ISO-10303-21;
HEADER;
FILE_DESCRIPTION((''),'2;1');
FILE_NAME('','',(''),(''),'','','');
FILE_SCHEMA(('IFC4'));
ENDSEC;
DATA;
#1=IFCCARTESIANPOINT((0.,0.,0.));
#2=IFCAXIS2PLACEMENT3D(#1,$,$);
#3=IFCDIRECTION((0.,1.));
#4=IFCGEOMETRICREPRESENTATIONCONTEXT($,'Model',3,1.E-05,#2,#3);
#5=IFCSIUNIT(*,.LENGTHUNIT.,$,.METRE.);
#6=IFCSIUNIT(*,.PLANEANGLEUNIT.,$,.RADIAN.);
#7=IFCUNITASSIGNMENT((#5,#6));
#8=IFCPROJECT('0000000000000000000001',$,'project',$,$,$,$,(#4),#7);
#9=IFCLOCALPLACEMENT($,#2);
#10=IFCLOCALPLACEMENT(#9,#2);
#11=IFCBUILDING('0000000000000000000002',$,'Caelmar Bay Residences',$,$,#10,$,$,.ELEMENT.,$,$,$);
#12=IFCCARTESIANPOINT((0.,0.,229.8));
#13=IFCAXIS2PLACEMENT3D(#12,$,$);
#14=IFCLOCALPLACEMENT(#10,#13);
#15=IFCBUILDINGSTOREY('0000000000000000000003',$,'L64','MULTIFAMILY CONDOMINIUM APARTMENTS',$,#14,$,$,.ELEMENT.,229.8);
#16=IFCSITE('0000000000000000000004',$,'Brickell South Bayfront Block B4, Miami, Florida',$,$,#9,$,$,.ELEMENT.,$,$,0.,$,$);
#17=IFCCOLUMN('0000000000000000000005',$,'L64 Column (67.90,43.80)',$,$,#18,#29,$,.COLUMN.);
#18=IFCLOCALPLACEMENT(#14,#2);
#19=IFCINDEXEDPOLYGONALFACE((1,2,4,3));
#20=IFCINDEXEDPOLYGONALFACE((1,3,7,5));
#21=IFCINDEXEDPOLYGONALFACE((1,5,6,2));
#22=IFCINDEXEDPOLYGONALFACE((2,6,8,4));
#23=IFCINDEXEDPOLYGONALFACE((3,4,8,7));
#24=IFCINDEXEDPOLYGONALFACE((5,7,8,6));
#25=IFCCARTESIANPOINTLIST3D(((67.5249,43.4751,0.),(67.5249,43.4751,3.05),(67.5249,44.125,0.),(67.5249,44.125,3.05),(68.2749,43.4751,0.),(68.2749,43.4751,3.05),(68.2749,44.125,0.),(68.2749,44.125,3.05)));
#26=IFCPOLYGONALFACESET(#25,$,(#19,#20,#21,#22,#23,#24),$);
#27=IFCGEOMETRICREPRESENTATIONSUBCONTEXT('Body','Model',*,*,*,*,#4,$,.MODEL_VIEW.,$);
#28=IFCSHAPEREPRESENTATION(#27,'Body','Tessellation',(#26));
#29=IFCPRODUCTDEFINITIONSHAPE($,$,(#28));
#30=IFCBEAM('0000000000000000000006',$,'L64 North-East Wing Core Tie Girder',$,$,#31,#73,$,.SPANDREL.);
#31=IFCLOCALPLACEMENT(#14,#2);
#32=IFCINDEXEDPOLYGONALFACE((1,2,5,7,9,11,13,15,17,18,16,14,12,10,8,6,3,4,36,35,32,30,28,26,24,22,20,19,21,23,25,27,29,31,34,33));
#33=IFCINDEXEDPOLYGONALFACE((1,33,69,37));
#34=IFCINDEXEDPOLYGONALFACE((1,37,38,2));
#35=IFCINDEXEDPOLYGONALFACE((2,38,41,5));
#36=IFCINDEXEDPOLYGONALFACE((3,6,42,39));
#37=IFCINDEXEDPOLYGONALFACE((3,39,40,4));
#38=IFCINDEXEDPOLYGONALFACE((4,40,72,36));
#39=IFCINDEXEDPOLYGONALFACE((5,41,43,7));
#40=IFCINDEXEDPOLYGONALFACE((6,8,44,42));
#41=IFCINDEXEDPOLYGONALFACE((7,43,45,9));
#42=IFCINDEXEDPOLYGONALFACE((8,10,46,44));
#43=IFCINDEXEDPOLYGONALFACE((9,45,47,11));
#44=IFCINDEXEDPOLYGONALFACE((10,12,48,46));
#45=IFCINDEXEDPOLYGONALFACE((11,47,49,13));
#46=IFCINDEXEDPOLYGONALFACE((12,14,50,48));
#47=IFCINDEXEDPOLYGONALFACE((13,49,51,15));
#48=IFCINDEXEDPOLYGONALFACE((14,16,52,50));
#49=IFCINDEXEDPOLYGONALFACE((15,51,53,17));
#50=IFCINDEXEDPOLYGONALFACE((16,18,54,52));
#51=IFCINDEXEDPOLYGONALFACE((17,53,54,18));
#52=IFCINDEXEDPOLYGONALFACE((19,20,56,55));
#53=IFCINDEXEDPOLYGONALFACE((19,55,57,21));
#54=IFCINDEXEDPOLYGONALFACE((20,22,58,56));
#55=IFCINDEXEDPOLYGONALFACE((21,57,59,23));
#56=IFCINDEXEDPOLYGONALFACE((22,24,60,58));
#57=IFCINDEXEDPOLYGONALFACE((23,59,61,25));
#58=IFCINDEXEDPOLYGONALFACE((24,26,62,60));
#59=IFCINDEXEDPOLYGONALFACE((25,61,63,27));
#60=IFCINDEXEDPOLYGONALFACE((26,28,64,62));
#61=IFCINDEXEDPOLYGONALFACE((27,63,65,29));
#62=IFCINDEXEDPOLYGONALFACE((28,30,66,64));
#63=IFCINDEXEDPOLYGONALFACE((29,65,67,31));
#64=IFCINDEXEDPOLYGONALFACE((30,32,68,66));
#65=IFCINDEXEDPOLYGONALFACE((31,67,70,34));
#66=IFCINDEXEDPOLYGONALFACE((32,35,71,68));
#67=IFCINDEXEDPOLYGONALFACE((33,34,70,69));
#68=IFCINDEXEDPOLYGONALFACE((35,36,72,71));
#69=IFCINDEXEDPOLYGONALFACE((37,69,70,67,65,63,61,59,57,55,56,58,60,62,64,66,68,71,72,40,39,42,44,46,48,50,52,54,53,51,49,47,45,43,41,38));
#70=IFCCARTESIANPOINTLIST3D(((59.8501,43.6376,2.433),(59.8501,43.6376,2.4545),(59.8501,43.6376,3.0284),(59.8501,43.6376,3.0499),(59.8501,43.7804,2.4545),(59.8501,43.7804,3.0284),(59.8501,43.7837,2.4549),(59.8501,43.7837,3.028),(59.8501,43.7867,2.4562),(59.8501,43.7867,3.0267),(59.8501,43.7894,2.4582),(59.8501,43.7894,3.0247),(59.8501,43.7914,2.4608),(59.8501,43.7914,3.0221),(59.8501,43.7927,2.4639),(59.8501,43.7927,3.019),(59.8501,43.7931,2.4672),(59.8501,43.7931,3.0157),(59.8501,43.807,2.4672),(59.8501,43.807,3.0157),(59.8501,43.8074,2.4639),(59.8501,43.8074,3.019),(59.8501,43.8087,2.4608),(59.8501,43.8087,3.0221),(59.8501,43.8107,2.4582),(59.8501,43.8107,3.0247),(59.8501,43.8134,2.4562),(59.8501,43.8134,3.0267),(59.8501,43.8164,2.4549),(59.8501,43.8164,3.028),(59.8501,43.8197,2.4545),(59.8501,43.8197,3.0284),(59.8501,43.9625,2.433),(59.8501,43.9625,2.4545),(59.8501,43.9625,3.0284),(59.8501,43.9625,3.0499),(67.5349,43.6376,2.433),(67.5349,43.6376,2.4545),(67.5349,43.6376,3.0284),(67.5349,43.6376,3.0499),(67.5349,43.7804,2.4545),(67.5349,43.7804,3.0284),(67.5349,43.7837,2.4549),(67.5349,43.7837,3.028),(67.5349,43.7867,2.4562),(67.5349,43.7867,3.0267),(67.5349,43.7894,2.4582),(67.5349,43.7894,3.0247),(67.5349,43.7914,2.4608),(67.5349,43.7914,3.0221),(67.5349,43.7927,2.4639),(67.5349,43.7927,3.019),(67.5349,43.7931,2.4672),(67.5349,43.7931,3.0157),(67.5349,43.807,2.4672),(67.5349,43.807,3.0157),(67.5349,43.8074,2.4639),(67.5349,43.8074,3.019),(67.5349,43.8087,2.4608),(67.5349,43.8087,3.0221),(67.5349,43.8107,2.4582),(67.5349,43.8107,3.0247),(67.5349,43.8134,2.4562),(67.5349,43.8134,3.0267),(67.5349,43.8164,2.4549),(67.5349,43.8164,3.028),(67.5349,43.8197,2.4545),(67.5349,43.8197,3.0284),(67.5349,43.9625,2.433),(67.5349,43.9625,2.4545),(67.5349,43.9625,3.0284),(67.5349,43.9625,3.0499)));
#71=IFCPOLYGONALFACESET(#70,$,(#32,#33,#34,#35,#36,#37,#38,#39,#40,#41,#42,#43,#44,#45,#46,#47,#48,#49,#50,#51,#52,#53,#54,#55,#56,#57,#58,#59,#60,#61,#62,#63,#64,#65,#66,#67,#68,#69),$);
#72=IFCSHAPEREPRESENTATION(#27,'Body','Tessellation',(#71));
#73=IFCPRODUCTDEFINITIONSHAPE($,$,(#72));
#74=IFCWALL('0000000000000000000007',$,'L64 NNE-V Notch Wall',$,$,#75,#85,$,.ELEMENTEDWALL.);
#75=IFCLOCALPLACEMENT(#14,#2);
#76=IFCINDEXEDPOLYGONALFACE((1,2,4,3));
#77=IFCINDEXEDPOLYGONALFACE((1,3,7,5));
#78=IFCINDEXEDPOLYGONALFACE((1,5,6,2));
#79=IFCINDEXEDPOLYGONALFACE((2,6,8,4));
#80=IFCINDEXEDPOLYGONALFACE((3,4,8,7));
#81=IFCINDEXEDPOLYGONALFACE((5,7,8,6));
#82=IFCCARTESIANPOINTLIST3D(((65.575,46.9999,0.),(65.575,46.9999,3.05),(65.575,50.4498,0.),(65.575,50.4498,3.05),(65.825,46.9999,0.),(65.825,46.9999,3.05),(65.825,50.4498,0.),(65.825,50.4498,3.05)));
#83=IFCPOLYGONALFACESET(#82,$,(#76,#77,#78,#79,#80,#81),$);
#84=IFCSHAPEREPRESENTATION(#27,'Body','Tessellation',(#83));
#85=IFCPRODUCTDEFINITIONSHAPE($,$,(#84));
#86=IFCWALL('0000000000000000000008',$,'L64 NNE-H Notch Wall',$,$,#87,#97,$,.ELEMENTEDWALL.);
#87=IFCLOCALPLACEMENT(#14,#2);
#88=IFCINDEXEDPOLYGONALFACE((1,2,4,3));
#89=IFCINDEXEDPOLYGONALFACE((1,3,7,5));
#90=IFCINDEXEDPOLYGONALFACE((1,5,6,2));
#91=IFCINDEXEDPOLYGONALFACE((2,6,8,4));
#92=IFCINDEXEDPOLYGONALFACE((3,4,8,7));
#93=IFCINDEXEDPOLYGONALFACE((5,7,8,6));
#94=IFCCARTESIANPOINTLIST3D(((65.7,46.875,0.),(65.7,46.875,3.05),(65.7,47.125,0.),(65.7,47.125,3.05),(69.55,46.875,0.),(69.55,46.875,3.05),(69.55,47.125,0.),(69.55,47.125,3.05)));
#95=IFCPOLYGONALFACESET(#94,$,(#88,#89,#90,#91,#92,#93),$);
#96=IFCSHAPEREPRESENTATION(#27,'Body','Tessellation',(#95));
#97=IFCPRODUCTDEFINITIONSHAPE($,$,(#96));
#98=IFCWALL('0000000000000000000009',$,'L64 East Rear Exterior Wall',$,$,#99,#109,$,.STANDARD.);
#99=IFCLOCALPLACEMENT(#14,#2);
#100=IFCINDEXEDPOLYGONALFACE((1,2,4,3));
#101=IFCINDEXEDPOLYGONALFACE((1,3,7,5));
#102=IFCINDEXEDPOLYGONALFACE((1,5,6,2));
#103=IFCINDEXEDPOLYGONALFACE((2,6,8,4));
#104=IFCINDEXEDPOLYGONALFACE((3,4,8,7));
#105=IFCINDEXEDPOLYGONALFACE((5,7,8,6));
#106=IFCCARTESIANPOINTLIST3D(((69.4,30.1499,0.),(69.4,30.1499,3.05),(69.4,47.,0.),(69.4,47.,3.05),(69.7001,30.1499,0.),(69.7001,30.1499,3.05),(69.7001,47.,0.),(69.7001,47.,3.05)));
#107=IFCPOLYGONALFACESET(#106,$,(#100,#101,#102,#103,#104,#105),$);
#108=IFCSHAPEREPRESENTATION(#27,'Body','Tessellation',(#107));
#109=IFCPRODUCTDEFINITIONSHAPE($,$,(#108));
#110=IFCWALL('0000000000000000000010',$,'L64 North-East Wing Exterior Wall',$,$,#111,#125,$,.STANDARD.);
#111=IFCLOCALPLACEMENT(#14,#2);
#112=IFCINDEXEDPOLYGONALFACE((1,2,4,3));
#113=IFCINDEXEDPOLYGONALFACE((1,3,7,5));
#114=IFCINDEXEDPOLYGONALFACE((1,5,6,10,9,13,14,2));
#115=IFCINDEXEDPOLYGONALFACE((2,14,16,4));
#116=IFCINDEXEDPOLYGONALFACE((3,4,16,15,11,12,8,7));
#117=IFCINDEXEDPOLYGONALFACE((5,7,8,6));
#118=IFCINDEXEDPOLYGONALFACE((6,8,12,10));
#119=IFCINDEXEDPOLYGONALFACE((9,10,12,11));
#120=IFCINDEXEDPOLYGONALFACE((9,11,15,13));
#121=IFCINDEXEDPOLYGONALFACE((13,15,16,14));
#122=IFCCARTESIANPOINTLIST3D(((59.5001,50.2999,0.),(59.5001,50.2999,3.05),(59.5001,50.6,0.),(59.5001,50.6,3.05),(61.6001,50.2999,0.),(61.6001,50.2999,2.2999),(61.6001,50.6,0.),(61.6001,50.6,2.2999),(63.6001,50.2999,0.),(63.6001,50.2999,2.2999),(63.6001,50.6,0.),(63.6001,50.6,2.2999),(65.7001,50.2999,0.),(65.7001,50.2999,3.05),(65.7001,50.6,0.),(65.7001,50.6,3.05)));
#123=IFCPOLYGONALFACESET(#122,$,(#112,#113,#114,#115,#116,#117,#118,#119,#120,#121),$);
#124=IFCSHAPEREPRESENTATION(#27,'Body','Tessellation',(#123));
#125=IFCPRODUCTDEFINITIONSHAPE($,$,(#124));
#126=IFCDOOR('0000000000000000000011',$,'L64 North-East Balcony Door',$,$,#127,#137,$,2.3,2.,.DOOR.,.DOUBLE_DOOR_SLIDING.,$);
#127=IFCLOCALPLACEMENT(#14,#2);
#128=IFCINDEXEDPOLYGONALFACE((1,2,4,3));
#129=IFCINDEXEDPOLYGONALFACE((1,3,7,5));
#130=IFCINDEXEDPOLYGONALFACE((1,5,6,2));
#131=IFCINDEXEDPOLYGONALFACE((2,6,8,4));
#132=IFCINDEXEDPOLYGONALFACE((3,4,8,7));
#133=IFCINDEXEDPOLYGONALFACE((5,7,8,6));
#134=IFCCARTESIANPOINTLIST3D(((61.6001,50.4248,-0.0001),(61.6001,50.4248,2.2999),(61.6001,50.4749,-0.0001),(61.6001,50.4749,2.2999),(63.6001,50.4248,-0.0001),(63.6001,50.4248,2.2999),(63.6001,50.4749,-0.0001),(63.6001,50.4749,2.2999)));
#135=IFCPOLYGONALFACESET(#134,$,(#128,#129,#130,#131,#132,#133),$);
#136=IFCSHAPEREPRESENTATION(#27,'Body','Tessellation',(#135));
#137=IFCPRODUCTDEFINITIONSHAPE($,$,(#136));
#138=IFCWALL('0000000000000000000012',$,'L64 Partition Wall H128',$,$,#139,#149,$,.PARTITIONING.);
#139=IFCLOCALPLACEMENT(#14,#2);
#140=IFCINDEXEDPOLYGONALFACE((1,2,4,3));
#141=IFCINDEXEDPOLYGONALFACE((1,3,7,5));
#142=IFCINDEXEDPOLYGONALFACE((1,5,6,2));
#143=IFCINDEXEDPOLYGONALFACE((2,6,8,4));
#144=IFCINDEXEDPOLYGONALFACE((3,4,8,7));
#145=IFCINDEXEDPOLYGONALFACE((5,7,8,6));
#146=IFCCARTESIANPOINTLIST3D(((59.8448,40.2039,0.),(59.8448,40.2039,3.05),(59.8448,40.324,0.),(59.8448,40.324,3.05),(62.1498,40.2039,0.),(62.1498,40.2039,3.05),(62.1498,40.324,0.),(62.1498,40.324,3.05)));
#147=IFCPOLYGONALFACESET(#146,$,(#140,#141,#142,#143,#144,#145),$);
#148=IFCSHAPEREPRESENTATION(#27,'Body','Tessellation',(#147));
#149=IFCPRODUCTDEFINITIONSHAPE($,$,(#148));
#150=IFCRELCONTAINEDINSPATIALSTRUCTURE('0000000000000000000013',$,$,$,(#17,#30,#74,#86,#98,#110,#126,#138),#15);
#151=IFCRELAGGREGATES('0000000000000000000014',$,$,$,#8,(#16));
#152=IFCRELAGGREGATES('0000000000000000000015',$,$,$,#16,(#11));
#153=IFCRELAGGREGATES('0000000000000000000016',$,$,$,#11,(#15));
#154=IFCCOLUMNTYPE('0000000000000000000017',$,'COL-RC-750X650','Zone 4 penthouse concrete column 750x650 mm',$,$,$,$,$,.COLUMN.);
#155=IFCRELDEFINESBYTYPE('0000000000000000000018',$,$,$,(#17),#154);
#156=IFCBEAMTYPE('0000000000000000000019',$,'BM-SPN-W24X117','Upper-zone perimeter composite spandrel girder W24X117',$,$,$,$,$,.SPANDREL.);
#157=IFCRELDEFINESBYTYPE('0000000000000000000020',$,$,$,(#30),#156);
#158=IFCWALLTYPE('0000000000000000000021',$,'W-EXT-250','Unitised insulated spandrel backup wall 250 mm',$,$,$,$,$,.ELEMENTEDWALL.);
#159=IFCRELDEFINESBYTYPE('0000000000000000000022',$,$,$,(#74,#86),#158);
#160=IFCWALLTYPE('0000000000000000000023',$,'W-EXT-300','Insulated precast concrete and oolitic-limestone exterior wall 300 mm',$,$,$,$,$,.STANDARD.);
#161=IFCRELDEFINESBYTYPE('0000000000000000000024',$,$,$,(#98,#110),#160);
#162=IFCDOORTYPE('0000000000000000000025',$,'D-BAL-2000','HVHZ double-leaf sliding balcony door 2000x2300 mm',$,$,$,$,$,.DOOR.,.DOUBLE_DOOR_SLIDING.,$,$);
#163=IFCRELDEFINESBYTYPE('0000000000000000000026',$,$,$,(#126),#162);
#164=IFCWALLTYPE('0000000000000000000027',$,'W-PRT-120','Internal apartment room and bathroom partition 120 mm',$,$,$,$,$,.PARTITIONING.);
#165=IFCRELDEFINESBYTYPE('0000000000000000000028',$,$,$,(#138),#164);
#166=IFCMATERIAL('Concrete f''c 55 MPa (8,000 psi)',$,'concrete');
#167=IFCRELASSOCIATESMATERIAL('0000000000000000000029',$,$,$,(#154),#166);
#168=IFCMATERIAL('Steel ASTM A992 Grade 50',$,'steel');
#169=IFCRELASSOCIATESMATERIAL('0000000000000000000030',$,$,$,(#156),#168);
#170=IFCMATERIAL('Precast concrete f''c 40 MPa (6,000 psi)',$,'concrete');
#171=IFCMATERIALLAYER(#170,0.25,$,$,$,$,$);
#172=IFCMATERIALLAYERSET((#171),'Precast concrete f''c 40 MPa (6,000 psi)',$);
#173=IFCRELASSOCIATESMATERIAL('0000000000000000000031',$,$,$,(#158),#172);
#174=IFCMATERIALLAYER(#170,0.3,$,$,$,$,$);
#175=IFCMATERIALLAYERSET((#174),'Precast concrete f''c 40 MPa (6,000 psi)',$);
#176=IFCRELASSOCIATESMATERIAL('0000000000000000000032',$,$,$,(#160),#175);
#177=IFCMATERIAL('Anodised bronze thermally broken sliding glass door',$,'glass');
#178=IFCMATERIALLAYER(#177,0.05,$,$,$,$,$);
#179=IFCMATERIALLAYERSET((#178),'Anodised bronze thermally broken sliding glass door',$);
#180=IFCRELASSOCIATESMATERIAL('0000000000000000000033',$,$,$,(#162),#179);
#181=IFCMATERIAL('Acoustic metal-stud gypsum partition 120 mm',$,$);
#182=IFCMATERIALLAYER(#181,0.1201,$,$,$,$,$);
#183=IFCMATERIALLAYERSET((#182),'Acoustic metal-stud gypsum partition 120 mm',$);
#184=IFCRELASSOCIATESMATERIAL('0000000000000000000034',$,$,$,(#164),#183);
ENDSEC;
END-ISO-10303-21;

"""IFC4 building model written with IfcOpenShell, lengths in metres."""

from ifc_helpers import new_model, si_unit, direction, frame, frame_2d, origin, origin_2d, place, context, subcontext, project, spatial, rectangle, i_section, extrude, material, layer, layer_set, material_profile, profile_set, type_object, element, fill, save


model = new_model("IFC4")

# Units and contexts
model_context = context("Model", 3, precision=1e-05, world=origin(), true_north=direction((0.0, 1.0)))
body_context = subcontext(model_context, "Body", "Model", "MODEL_VIEW")
ifc_project = project(units=[si_unit("LENGTHUNIT", "METRE"), si_unit("PLANEANGLEUNIT", "RADIAN")], contexts=[model_context])

# Site, building, storey
site_placement = place(None, origin())
site = spatial("IfcSite", under=ifc_project, at=site_placement, Name="Brickell South Bayfront Block B4, Miami, Florida", CompositionType="ELEMENT", RefElevation=0.0)
building_placement = place(site_placement, origin())
building = spatial("IfcBuilding", under=site, at=building_placement, Name="Caelmar Bay Residences", CompositionType="ELEMENT")
storey_placement = place(building_placement, frame((0.0, 0.0, 229.8)))
storey = spatial("IfcBuildingStorey", under=building, at=storey_placement, Name="L64", Description="MULTIFAMILY CONDOMINIUM APARTMENTS", CompositionType="ELEMENT", Elevation=229.8)

# Column
ifc_material_1 = material(Name="Concrete f'c 55 MPa (8,000 psi)", Category="concrete")
ifc_material_profile_1 = material_profile(ifc_material_1, rectangle(XDim=0.75, YDim=0.6499, at=origin_2d()), Name="RC-COL-750X650")
ifc_profile_set_1 = profile_set([ifc_material_profile_1], Name="Concrete f'c 55 MPa (8,000 psi)")
column_type = type_object("IfcColumnType", Name="COL-RC-750X650", Description="Zone 4 penthouse concrete column 750x650 mm", PredefinedType="COLUMN", material=ifc_profile_set_1)
column_placement = place(storey_placement, frame((67.8999, 43.8, 0.0), z_axis=(0.0, 0.0, 1.0), x_axis=(1.0, 0.0, 0.0)))
element("IfcColumn", 1, at=column_placement, inside=storey, type_object=column_type, Name="L64 Column (67.90,43.80)", PredefinedType="COLUMN", context=body_context, shape_type="SweptSolid", body=[
    extrude(rectangle(XDim=0.75, YDim=0.6499, at=origin_2d()), origin(), (0.0, 0.0, 1.0), 3.05),
])

# Beam
ifc_material_2 = material(Name="Steel ASTM A992 Grade 50", Category="steel")
ifc_material_profile_2 = material_profile(ifc_material_2, i_section(OverallWidth=0.325, OverallDepth=0.6169, WebThickness=0.0139, FlangeThickness=0.0215, FilletRadius=0.0127, at=origin_2d()), Name="W24X117")
ifc_profile_set_2 = profile_set([ifc_material_profile_2], Name="Steel ASTM A992 Grade 50")
beam_type = type_object("IfcBeamType", Name="BM-SPN-W24X117", Description="Upper-zone perimeter composite spandrel girder W24X117", PredefinedType="SPANDREL", material=ifc_profile_set_2)
beam_placement = place(storey_placement, frame((59.8501, 43.8, 2.7415), z_axis=(1.0, 0.0, 0.0), x_axis=(0.0, 1.0, 0.0)))
element("IfcBeam", 2, at=beam_placement, inside=storey, type_object=beam_type, Name="L64 North-East Wing Core Tie Girder", PredefinedType="SPANDREL", context=body_context, shape_type="SweptSolid", body=[
    extrude(i_section(OverallWidth=0.325, OverallDepth=0.6169, WebThickness=0.0139, FlangeThickness=0.0215, FilletRadius=0.0127, at=origin_2d()), origin(), (0.0, 0.0, 1.0), 7.6848),
])

# Walls
ifc_material_3 = material(Name="Precast concrete f'c 40 MPa (6,000 psi)", Category="concrete")
ifc_layer_1 = layer(ifc_material_3, 0.25)
ifc_layer_set_1 = layer_set([ifc_layer_1], Name="Precast concrete f'c 40 MPa (6,000 psi)")
wall_type_1 = type_object("IfcWallType", Name="W-EXT-250", Description="Unitised insulated spandrel backup wall 250 mm", PredefinedType="ELEMENTEDWALL", material=ifc_layer_set_1)
wall_1_placement = place(storey_placement, frame((65.7, 50.45, 0.0), z_axis=(0.0, 0.0, 1.0), x_axis=(0.0, -1.0, 0.0)))
element("IfcWall", 3, at=wall_1_placement, inside=storey, type_object=wall_type_1, Name="L64 NNE-V Notch Wall", PredefinedType="ELEMENTEDWALL", context=body_context, shape_type="SweptSolid", body=[
    extrude(rectangle(XDim=3.45, YDim=0.25, at=frame_2d((1.7251, 0.0))), origin(), (0.0, 0.0, 1.0), 3.05),
])
wall_2_placement = place(storey_placement, frame((65.7, 47.0, 0.0), z_axis=(0.0, 0.0, 1.0), x_axis=(1.0, 0.0, 0.0)))
element("IfcWall", 4, at=wall_2_placement, inside=storey, type_object=wall_type_1, Name="L64 NNE-H Notch Wall", PredefinedType="ELEMENTEDWALL", context=body_context, shape_type="SweptSolid", body=[
    extrude(rectangle(XDim=3.8501, YDim=0.25, at=frame_2d((1.925, 0.0))), origin(), (0.0, 0.0, 1.0), 3.05),
])
ifc_layer_2 = layer(ifc_material_3, 0.3)
ifc_layer_set_2 = layer_set([ifc_layer_2], Name="Precast concrete f'c 40 MPa (6,000 psi)")
wall_type_2 = type_object("IfcWallType", Name="W-EXT-300", Description="Insulated precast concrete and oolitic-limestone exterior wall 300 mm", PredefinedType="STANDARD", material=ifc_layer_set_2)
wall_3_placement = place(storey_placement, frame((69.55, 47.0, 0.0), z_axis=(0.0, 0.0, 1.0), x_axis=(0.0, -1.0, 0.0)))
element("IfcWall", 5, at=wall_3_placement, inside=storey, type_object=wall_type_2, Name="L64 East Rear Exterior Wall", PredefinedType="STANDARD", context=body_context, shape_type="SweptSolid", body=[
    extrude(rectangle(XDim=16.8501, YDim=0.3, at=frame_2d((8.425, 0.0))), origin(), (0.0, 0.0, 1.0), 3.05),
])

# Wall, opening, door
wall_4_placement = place(storey_placement, frame((59.5, 50.45, 0.0), z_axis=(0.0, 0.0, 1.0), x_axis=(1.0, 0.0, 0.0)))
wall_4 = element("IfcWall", 6, at=wall_4_placement, inside=storey, type_object=wall_type_2, Name="L64 North-East Wing Exterior Wall", PredefinedType="STANDARD", context=body_context, shape_type="SweptSolid", body=[
    extrude(rectangle(XDim=6.2, YDim=0.3, at=frame_2d((3.1001, 0.0))), origin(), (0.0, 0.0, 1.0), 3.05),
])
opening_1_placement = place(wall_4_placement, frame((2.1001, 0.0, 0.0)))
opening_1 = element("IfcOpeningElement", 7, at=opening_1_placement, cuts=wall_4, PredefinedType="OPENING", context=body_context, shape_type="SweptSolid", body=[
    extrude(rectangle(XDim=2.0, YDim=2.3, at=frame_2d((1.0, 1.1499))), frame((0.0, 0.1599, 0.0), z_axis=(0.0, -1.0, 0.0), x_axis=(1.0, 0.0, 0.0)), (0.0, 0.0, 1.0), 0.3201),
])
ifc_material_4 = material(Name="Anodised bronze thermally broken sliding glass door", Category="glass")
ifc_layer_3 = layer(ifc_material_4, 0.05)
ifc_layer_set_3 = layer_set([ifc_layer_3], Name="Anodised bronze thermally broken sliding glass door")
door_type_1 = type_object("IfcDoorType", Name="D-BAL-2000", Description="HVHZ double-leaf sliding balcony door 2000x2300 mm", OperationType="DOUBLE_DOOR_SLIDING", PredefinedType="DOOR", material=ifc_layer_set_3)
door_1_placement = place(opening_1_placement, origin())
door_1 = element("IfcDoor", 8, at=door_1_placement, inside=storey, type_object=door_type_1, Name="L64 North-East Balcony Door", OperationType="DOUBLE_DOOR_SLIDING", OverallHeight=2.3, OverallWidth=2.0, PredefinedType="DOOR", context=body_context, shape_type="SweptSolid", body=[
    extrude(rectangle(XDim=2.0, YDim=2.3, at=frame_2d((1.0, 1.1499))), frame((0.0, 0.0249, 0.0), z_axis=(0.0, -1.0, 0.0), x_axis=(1.0, 0.0, 0.0)), (0.0, 0.0, 1.0), 0.05),
])
fill(opening_1, door_1)

# Wall
ifc_material_5 = material(Name="Acoustic metal-stud gypsum partition 120 mm")
ifc_layer_4 = layer(ifc_material_5, 0.1201)
ifc_layer_set_4 = layer_set([ifc_layer_4], Name="Acoustic metal-stud gypsum partition 120 mm")
wall_type_3 = type_object("IfcWallType", Name="W-PRT-120", Description="Internal apartment room and bathroom partition 120 mm", PredefinedType="PARTITIONING", material=ifc_layer_set_4)
wall_5_placement = place(storey_placement, frame((59.845, 40.2639, 0.0), z_axis=(0.0, 0.0, 1.0), x_axis=(1.0, 0.0, 0.0)))
element("IfcWall", 9, at=wall_5_placement, inside=storey, type_object=wall_type_3, Name="L64 Partition Wall H128", PredefinedType="PARTITIONING", context=body_context, shape_type="SweptSolid", body=[
    extrude(rectangle(XDim=2.3049, YDim=0.1201, at=frame_2d((1.1523, 0.0))), origin(), (0.0, 0.0, 1.0), 3.05),
])

save(model, "model.ifc")
